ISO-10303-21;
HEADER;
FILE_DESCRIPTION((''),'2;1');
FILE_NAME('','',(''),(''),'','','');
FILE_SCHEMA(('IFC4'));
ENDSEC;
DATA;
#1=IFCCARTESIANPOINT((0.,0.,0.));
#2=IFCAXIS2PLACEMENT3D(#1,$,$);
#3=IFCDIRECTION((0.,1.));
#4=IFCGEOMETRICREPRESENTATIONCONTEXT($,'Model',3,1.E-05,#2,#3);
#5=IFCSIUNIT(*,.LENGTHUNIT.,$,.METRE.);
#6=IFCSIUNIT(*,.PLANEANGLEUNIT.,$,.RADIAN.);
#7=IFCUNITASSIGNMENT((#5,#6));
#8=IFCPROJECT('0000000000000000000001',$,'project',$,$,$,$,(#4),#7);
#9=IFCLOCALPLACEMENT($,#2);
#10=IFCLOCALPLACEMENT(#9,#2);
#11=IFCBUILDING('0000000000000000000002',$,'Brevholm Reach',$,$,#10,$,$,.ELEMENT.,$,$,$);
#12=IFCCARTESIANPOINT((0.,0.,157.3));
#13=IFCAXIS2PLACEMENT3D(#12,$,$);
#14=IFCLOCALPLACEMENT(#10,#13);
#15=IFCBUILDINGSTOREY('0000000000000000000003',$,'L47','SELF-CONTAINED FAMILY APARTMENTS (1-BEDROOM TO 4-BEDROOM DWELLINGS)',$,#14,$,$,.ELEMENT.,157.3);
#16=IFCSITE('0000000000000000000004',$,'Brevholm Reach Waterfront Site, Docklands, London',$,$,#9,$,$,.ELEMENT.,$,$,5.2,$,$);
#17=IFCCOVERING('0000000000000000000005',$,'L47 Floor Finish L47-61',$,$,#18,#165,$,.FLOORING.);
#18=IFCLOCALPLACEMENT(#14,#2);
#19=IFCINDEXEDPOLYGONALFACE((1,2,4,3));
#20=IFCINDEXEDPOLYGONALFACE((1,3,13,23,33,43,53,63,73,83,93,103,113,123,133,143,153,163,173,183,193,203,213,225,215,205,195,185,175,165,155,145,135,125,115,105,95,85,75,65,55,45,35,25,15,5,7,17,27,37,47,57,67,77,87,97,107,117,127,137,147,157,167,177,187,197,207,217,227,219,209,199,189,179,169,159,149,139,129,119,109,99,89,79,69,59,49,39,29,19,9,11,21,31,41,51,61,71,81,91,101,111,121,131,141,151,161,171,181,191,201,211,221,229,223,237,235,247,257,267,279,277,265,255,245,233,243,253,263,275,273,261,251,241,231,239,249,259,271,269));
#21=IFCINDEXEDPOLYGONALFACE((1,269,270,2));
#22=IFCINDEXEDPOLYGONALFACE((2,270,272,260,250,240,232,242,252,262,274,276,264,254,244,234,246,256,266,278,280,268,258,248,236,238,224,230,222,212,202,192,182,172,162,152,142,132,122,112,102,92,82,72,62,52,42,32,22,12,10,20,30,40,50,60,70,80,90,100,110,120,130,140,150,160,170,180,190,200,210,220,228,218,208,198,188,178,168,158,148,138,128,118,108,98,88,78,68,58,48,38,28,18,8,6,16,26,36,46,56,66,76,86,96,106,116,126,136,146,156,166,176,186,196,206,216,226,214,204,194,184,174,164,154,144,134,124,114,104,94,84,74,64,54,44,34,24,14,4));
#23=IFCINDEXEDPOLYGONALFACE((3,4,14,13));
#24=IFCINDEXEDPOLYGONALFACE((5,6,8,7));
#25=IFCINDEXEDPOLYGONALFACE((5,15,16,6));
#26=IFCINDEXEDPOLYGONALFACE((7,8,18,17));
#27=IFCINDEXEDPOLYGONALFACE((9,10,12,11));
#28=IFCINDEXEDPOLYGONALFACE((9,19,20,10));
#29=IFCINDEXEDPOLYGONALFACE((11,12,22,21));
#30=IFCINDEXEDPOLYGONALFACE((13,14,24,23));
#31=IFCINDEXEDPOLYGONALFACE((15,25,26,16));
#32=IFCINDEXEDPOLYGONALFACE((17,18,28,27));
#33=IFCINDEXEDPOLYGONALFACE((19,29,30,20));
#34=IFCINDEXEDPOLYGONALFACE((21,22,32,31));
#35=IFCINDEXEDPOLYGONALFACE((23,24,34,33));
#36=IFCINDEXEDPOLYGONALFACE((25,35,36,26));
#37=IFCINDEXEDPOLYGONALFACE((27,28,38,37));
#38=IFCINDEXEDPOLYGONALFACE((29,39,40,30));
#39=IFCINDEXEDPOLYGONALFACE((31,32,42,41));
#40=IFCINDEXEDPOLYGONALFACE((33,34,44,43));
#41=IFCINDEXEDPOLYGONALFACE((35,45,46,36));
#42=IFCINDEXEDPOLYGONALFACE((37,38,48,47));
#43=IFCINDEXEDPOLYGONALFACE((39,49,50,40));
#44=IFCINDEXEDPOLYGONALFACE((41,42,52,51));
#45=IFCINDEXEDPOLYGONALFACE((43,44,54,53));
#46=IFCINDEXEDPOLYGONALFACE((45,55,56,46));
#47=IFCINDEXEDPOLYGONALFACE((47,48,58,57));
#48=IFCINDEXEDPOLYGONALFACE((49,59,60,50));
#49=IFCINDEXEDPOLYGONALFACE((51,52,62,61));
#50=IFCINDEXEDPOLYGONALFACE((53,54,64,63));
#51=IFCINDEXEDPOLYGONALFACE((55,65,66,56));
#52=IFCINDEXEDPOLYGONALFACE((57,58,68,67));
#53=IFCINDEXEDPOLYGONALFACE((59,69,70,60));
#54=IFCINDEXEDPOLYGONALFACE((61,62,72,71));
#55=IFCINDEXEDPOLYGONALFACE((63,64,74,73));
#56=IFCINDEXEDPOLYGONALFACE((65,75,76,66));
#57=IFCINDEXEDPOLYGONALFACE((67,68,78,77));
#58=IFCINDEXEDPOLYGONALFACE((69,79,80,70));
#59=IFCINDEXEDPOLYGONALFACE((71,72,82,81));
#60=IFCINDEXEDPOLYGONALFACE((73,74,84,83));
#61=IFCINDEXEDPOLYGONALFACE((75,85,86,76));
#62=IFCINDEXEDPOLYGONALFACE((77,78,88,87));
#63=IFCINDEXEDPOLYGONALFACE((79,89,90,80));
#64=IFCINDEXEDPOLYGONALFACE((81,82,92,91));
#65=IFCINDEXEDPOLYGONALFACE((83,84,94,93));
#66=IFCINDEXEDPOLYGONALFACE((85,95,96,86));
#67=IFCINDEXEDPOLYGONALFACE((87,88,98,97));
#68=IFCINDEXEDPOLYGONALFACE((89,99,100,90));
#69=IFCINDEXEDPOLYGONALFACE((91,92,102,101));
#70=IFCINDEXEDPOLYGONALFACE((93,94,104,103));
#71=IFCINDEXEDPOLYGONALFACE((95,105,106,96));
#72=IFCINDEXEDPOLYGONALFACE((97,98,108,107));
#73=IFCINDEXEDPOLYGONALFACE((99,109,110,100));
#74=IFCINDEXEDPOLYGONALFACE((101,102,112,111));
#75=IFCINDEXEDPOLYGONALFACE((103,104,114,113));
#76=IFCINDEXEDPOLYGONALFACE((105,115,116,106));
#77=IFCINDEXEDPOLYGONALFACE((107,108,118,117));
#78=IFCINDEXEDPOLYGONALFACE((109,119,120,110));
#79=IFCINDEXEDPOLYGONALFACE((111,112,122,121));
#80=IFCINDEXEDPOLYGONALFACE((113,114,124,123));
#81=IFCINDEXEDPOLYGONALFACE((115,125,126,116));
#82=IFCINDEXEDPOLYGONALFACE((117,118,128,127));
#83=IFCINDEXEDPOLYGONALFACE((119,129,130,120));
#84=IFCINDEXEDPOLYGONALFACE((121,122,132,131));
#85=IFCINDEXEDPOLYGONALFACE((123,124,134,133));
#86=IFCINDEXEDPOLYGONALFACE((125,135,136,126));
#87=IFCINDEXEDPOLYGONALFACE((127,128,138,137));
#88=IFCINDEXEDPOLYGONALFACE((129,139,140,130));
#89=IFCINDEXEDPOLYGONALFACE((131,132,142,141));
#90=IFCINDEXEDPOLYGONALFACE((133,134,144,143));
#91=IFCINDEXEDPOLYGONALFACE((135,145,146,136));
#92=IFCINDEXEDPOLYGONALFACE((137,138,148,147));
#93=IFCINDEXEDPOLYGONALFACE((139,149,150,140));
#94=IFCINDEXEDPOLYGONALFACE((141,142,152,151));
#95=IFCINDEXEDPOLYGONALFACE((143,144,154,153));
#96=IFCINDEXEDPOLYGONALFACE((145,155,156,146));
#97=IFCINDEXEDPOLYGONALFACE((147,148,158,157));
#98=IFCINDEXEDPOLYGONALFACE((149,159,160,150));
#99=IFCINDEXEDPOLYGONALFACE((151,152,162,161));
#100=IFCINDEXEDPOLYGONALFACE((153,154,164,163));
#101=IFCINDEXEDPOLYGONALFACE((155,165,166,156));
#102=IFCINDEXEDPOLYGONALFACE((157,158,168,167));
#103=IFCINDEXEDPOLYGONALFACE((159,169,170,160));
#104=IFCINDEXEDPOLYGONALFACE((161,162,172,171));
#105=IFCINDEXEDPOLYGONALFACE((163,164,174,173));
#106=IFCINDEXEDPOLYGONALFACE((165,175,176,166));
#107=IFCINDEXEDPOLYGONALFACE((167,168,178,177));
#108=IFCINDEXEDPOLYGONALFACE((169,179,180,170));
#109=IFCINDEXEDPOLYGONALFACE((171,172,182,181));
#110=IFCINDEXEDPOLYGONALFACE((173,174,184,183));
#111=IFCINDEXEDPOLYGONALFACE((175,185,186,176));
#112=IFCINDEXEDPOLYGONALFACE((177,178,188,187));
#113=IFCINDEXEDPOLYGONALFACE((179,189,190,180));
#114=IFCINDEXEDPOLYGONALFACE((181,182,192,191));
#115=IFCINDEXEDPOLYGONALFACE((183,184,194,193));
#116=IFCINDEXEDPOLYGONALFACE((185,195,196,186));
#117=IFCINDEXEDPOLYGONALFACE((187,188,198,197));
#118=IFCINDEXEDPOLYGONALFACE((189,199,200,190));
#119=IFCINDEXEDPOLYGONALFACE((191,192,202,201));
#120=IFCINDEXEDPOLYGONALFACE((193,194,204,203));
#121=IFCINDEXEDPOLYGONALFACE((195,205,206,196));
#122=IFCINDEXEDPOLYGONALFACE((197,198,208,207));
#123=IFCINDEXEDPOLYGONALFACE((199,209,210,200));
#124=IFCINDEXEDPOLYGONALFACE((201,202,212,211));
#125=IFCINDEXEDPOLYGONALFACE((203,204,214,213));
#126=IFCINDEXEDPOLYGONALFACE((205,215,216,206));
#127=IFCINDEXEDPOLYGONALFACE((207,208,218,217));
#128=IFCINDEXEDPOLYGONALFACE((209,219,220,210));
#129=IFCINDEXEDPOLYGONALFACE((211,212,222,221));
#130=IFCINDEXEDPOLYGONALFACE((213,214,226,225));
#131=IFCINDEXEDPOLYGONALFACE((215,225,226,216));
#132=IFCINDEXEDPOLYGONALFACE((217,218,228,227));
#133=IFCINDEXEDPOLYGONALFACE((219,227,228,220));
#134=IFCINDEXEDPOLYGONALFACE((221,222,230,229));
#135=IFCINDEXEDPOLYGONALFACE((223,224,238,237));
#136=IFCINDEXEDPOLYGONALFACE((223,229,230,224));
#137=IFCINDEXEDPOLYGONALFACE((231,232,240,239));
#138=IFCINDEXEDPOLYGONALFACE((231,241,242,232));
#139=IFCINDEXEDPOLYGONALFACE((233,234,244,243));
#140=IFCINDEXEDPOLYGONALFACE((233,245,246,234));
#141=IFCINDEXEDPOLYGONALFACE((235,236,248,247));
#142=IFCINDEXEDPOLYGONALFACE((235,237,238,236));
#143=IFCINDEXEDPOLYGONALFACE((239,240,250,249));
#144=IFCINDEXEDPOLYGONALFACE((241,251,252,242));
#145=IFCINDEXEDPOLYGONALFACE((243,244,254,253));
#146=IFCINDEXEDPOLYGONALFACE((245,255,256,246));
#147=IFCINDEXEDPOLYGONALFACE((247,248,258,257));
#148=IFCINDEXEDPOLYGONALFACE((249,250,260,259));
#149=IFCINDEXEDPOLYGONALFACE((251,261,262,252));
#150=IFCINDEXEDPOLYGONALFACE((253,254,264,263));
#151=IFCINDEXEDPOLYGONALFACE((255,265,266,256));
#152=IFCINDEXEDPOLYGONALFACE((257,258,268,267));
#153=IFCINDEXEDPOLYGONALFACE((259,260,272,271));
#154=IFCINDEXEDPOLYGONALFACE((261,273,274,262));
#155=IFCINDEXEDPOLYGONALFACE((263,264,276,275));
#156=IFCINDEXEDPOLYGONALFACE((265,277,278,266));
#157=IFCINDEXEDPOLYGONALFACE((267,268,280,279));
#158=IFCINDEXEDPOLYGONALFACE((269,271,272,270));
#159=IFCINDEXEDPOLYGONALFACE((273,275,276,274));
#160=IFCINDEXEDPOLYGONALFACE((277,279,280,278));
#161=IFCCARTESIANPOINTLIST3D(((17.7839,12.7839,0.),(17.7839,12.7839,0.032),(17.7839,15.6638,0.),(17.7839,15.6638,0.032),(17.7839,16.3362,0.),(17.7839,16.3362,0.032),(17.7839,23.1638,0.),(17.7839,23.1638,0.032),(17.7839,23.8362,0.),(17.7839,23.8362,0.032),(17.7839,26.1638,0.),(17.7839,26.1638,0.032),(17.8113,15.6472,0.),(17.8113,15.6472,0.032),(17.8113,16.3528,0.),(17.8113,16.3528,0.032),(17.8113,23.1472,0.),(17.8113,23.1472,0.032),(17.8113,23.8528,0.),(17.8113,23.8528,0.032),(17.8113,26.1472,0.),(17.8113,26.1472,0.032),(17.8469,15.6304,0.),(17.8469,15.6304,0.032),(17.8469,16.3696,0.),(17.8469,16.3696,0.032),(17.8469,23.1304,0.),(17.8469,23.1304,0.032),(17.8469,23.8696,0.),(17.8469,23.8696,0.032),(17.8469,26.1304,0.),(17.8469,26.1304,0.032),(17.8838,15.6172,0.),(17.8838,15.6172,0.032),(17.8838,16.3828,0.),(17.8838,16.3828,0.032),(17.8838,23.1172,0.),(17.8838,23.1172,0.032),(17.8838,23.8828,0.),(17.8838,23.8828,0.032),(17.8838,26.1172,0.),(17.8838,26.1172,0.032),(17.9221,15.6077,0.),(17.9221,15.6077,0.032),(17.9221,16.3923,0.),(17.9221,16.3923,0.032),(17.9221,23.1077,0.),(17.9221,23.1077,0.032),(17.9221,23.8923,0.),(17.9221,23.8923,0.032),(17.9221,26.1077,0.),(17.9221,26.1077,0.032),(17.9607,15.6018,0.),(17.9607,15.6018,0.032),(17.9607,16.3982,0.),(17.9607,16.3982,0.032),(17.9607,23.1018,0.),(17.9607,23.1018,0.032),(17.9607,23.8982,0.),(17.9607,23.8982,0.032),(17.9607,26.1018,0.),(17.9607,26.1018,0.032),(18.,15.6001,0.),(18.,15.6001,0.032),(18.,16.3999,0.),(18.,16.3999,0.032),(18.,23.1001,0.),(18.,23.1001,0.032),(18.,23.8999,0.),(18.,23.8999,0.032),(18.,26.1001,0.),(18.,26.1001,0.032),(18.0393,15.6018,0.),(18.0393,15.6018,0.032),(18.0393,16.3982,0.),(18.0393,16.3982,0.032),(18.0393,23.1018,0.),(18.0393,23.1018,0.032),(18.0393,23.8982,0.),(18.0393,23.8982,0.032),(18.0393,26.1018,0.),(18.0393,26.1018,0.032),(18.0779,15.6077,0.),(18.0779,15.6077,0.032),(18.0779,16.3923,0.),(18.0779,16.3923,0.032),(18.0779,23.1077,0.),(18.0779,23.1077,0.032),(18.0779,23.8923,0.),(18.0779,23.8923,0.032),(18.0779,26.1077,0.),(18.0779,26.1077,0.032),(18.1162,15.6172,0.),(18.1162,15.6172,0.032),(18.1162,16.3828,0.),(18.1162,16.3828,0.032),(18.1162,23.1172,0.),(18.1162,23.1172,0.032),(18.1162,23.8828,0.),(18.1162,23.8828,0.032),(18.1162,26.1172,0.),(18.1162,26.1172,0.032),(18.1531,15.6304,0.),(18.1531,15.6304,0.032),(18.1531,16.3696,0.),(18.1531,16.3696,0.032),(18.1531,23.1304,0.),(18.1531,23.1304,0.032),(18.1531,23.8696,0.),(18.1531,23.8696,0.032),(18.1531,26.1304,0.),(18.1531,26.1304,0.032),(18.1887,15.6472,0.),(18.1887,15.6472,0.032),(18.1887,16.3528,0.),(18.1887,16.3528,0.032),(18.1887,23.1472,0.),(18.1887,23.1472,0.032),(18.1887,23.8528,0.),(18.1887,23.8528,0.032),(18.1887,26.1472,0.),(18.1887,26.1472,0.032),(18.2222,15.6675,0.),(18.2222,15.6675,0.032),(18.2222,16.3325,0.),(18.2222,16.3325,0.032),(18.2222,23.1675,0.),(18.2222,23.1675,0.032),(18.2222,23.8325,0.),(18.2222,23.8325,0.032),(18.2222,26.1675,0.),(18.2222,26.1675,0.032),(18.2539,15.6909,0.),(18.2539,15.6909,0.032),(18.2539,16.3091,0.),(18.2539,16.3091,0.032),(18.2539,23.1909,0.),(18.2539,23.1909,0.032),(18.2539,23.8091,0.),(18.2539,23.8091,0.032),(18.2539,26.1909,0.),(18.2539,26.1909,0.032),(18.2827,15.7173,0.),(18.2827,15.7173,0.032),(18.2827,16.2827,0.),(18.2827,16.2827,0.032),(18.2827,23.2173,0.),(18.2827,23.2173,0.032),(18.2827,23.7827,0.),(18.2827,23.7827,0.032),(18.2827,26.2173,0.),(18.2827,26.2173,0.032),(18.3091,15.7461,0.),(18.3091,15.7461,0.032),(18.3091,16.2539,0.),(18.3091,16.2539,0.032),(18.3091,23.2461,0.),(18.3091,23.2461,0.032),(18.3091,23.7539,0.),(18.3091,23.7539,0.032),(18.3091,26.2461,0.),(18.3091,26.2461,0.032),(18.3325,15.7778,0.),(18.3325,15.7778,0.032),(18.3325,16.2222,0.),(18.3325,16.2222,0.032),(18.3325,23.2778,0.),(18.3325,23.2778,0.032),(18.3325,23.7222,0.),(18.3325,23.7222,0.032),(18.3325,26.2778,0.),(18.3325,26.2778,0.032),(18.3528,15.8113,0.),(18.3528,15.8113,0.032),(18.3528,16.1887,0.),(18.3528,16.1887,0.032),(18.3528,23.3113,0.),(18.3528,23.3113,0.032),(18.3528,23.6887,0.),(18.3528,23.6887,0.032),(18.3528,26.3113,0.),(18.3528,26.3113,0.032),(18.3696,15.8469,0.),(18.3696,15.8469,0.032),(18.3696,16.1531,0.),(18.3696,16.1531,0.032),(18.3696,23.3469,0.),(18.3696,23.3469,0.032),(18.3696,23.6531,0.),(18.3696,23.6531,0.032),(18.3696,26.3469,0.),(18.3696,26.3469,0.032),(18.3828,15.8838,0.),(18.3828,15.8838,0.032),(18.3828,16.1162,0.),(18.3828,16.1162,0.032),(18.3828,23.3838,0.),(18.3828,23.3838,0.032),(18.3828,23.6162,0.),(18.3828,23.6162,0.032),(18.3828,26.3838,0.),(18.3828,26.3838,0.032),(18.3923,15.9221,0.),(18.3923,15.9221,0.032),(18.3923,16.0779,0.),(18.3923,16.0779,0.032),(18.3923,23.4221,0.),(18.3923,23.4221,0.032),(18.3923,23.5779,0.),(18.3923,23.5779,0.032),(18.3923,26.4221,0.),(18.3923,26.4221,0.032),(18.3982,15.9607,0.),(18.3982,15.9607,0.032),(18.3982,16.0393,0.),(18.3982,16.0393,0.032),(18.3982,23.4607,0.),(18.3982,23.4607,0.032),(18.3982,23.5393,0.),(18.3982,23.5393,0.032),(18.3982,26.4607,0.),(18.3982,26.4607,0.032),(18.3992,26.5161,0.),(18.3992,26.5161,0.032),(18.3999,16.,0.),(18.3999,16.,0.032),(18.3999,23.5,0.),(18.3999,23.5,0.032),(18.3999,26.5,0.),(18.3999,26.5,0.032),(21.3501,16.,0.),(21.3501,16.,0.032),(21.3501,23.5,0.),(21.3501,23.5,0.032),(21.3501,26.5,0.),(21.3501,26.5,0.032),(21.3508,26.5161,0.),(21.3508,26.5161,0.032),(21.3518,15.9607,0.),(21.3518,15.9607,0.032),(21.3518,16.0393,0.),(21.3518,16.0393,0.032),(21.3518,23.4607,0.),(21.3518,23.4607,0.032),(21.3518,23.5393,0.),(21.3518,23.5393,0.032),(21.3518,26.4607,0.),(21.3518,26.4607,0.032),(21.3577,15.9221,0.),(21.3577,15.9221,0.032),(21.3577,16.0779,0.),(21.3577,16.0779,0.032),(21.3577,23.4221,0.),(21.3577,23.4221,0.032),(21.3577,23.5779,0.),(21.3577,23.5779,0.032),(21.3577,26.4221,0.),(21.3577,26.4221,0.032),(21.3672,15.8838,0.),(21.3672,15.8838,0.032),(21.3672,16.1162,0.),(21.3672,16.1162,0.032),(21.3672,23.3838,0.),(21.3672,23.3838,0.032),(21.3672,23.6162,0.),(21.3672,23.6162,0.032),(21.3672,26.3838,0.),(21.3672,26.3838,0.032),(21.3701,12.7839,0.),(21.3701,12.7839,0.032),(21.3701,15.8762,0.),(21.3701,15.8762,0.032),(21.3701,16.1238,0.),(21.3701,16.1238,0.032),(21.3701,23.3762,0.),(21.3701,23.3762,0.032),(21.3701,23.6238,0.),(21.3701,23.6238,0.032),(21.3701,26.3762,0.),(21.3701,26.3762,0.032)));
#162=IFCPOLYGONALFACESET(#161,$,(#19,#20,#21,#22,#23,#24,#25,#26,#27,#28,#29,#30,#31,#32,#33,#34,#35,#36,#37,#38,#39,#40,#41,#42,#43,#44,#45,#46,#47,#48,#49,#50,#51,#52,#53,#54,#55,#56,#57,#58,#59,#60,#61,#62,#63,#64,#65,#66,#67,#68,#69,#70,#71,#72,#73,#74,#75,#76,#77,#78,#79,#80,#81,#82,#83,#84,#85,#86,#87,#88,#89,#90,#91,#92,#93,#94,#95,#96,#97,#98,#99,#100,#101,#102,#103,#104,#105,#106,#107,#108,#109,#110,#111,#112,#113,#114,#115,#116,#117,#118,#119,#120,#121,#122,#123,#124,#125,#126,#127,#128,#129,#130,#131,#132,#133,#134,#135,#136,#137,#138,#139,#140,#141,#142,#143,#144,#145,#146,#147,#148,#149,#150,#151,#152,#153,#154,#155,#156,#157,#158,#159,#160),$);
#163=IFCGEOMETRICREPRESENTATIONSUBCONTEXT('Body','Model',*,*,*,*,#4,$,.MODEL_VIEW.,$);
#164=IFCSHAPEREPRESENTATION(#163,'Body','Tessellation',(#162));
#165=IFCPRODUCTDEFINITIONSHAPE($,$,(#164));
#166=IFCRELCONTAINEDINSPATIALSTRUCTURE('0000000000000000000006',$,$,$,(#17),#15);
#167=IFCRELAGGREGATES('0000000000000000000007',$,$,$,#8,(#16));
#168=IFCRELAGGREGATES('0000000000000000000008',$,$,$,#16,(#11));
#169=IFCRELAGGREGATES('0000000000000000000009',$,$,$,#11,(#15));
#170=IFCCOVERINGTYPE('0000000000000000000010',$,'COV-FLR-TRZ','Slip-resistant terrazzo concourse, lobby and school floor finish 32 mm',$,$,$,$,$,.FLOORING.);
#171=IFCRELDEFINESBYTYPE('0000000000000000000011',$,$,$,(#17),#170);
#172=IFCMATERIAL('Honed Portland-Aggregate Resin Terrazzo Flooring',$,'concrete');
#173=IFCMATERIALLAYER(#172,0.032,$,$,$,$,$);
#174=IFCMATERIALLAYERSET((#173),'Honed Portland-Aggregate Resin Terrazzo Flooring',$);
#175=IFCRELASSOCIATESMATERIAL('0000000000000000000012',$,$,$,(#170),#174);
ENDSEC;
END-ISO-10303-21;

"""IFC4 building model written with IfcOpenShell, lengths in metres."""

from ifc_helpers import new_model, si_unit, direction, frame, origin, place, context, subcontext, project, spatial, polyline, outline, extrude, material, layer, layer_set, type_object, element, save


model = new_model("IFC4")

# Units and contexts
model_context = context("Model", 3, precision=1e-05, world=origin(), true_north=direction((0.0, 1.0)))
body_context = subcontext(model_context, "Body", "Model", "MODEL_VIEW")
ifc_project = project(units=[si_unit("LENGTHUNIT", "METRE"), si_unit("PLANEANGLEUNIT", "RADIAN")], contexts=[model_context])

# Site, building, storey
site_placement = place(None, origin())
site = spatial("IfcSite", under=ifc_project, at=site_placement, Name="Brevholm Reach Waterfront Site, Docklands, London", CompositionType="ELEMENT", RefElevation=5.2)
building_placement = place(site_placement, origin())
building = spatial("IfcBuilding", under=site, at=building_placement, Name="Brevholm Reach", CompositionType="ELEMENT")
storey_placement = place(building_placement, frame((0.0, 0.0, 157.3)))
storey = spatial("IfcBuildingStorey", under=building, at=storey_placement, Name="L47", Description="SELF-CONTAINED FAMILY APARTMENTS (1-BEDROOM TO 4-BEDROOM DWELLINGS)", CompositionType="ELEMENT", Elevation=157.3)

# Covering
ifc_material_1 = material(Name="Honed Portland-Aggregate Resin Terrazzo Flooring", Category="concrete")
ifc_layer_1 = layer(ifc_material_1, 0.032)
ifc_layer_set_1 = layer_set([ifc_layer_1], Name="Honed Portland-Aggregate Resin Terrazzo Flooring")
covering_type_1 = type_object("IfcCoveringType", Name="COV-FLR-TRZ", Description="Slip-resistant terrazzo concourse, lobby and school floor finish 32 mm", PredefinedType="FLOORING", material=ifc_layer_set_1)
covering_1_placement = place(storey_placement, origin())
element("IfcCovering", 1, at=covering_1_placement, inside=storey, type_object=covering_type_1, Name="L47 Floor Finish L47-61", PredefinedType="FLOORING", context=body_context, shape_type="SweptSolid", body=[
    extrude(outline(polyline([(21.3701, 23.6238), (21.3672, 23.6162), (21.3577, 23.5779), (21.3518, 23.5393), (21.3501, 23.5), (21.3518, 23.4607), (21.3577, 23.4221), (21.3672, 23.3838), (21.3701, 23.3762), (21.3701, 16.1238), (21.3672, 16.1162), (21.3577, 16.0779), (21.3518, 16.0393), (21.3501, 16.0), (21.3518, 15.9607), (21.3577, 15.9221), (21.3672, 15.8838), (21.3701, 15.8762), (21.3701, 12.7839), (17.7839, 12.7839), (17.7839, 15.6638), (17.8113, 15.6472), (17.8469, 15.6304), (17.8838, 15.6172), (17.9221, 15.6077), (17.9607, 15.6018), (18.0, 15.6001), (18.0393, 15.6018), (18.0779, 15.6077), (18.1162, 15.6172), (18.1531, 15.6304), (18.1887, 15.6472), (18.2222, 15.6675), (18.2539, 15.6909), (18.2827, 15.7173), (18.3091, 15.7461), (18.3325, 15.7778), (18.3528, 15.8113), (18.3696, 15.8469), (18.3828, 15.8838), (18.3923, 15.9221), (18.3982, 15.9607), (18.3999, 16.0), (18.3982, 16.0393), (18.3923, 16.0779), (18.3828, 16.1162), (18.3696, 16.1531), (18.3528, 16.1887), (18.3325, 16.2222), (18.3091, 16.2539), (18.2827, 16.2827), (18.2539, 16.3091), (18.2222, 16.3325), (18.1887, 16.3528), (18.1531, 16.3696), (18.1162, 16.3828), (18.0779, 16.3923), (18.0393, 16.3982), (18.0, 16.3999), (17.9607, 16.3982), (17.9221, 16.3923), (17.8838, 16.3828), (17.8469, 16.3696), (17.8113, 16.3528), (17.7839, 16.3362), (17.7839, 23.1638), (17.8113, 23.1472), (17.8469, 23.1304), (17.8838, 23.1172), (17.9221, 23.1077), (17.9607, 23.1018), (18.0, 23.1001), (18.0393, 23.1018), (18.0779, 23.1077), (18.1162, 23.1172), (18.1531, 23.1304), (18.1887, 23.1472), (18.2222, 23.1675), (18.2539, 23.1909), (18.2827, 23.2173), (18.3091, 23.2461), (18.3325, 23.2778), (18.3528, 23.3113), (18.3696, 23.3469), (18.3828, 23.3838), (18.3923, 23.4221), (18.3982, 23.4607), (18.3999, 23.5), (18.3982, 23.5393), (18.3923, 23.5779), (18.3828, 23.6162), (18.3696, 23.6531), (18.3528, 23.6887), (18.3325, 23.7222), (18.3091, 23.7539), (18.2827, 23.7827), (18.2539, 23.8091), (18.2222, 23.8325), (18.1887, 23.8528), (18.1531, 23.8696), (18.1162, 23.8828), (18.0779, 23.8923), (18.0393, 23.8982), (18.0, 23.8999), (17.9607, 23.8982), (17.9221, 23.8923), (17.8838, 23.8828), (17.8469, 23.8696), (17.8113, 23.8528), (17.7839, 23.8362), (17.7839, 26.1638), (17.8113, 26.1472), (17.8469, 26.1304), (17.8838, 26.1172), (17.9221, 26.1077), (17.9607, 26.1018), (18.0, 26.1001), (18.0393, 26.1018), (18.0779, 26.1077), (18.1162, 26.1172), (18.1531, 26.1304), (18.1887, 26.1472), (18.2222, 26.1675), (18.2539, 26.1909), (18.2827, 26.2173), (18.3091, 26.2461), (18.3325, 26.2778), (18.3528, 26.3113), (18.3696, 26.3469), (18.3828, 26.3838), (18.3923, 26.4221), (18.3982, 26.4607), (18.3999, 26.5), (18.3992, 26.5161), (21.3508, 26.5161), (21.3501, 26.5), (21.3518, 26.4607), (21.3577, 26.4221), (21.3672, 26.3838), (21.3701, 26.3762), (21.3701, 23.6238)])), origin(), (0.0, 0.0, 1.0), 0.032),
])

save(model, "model.ifc")
